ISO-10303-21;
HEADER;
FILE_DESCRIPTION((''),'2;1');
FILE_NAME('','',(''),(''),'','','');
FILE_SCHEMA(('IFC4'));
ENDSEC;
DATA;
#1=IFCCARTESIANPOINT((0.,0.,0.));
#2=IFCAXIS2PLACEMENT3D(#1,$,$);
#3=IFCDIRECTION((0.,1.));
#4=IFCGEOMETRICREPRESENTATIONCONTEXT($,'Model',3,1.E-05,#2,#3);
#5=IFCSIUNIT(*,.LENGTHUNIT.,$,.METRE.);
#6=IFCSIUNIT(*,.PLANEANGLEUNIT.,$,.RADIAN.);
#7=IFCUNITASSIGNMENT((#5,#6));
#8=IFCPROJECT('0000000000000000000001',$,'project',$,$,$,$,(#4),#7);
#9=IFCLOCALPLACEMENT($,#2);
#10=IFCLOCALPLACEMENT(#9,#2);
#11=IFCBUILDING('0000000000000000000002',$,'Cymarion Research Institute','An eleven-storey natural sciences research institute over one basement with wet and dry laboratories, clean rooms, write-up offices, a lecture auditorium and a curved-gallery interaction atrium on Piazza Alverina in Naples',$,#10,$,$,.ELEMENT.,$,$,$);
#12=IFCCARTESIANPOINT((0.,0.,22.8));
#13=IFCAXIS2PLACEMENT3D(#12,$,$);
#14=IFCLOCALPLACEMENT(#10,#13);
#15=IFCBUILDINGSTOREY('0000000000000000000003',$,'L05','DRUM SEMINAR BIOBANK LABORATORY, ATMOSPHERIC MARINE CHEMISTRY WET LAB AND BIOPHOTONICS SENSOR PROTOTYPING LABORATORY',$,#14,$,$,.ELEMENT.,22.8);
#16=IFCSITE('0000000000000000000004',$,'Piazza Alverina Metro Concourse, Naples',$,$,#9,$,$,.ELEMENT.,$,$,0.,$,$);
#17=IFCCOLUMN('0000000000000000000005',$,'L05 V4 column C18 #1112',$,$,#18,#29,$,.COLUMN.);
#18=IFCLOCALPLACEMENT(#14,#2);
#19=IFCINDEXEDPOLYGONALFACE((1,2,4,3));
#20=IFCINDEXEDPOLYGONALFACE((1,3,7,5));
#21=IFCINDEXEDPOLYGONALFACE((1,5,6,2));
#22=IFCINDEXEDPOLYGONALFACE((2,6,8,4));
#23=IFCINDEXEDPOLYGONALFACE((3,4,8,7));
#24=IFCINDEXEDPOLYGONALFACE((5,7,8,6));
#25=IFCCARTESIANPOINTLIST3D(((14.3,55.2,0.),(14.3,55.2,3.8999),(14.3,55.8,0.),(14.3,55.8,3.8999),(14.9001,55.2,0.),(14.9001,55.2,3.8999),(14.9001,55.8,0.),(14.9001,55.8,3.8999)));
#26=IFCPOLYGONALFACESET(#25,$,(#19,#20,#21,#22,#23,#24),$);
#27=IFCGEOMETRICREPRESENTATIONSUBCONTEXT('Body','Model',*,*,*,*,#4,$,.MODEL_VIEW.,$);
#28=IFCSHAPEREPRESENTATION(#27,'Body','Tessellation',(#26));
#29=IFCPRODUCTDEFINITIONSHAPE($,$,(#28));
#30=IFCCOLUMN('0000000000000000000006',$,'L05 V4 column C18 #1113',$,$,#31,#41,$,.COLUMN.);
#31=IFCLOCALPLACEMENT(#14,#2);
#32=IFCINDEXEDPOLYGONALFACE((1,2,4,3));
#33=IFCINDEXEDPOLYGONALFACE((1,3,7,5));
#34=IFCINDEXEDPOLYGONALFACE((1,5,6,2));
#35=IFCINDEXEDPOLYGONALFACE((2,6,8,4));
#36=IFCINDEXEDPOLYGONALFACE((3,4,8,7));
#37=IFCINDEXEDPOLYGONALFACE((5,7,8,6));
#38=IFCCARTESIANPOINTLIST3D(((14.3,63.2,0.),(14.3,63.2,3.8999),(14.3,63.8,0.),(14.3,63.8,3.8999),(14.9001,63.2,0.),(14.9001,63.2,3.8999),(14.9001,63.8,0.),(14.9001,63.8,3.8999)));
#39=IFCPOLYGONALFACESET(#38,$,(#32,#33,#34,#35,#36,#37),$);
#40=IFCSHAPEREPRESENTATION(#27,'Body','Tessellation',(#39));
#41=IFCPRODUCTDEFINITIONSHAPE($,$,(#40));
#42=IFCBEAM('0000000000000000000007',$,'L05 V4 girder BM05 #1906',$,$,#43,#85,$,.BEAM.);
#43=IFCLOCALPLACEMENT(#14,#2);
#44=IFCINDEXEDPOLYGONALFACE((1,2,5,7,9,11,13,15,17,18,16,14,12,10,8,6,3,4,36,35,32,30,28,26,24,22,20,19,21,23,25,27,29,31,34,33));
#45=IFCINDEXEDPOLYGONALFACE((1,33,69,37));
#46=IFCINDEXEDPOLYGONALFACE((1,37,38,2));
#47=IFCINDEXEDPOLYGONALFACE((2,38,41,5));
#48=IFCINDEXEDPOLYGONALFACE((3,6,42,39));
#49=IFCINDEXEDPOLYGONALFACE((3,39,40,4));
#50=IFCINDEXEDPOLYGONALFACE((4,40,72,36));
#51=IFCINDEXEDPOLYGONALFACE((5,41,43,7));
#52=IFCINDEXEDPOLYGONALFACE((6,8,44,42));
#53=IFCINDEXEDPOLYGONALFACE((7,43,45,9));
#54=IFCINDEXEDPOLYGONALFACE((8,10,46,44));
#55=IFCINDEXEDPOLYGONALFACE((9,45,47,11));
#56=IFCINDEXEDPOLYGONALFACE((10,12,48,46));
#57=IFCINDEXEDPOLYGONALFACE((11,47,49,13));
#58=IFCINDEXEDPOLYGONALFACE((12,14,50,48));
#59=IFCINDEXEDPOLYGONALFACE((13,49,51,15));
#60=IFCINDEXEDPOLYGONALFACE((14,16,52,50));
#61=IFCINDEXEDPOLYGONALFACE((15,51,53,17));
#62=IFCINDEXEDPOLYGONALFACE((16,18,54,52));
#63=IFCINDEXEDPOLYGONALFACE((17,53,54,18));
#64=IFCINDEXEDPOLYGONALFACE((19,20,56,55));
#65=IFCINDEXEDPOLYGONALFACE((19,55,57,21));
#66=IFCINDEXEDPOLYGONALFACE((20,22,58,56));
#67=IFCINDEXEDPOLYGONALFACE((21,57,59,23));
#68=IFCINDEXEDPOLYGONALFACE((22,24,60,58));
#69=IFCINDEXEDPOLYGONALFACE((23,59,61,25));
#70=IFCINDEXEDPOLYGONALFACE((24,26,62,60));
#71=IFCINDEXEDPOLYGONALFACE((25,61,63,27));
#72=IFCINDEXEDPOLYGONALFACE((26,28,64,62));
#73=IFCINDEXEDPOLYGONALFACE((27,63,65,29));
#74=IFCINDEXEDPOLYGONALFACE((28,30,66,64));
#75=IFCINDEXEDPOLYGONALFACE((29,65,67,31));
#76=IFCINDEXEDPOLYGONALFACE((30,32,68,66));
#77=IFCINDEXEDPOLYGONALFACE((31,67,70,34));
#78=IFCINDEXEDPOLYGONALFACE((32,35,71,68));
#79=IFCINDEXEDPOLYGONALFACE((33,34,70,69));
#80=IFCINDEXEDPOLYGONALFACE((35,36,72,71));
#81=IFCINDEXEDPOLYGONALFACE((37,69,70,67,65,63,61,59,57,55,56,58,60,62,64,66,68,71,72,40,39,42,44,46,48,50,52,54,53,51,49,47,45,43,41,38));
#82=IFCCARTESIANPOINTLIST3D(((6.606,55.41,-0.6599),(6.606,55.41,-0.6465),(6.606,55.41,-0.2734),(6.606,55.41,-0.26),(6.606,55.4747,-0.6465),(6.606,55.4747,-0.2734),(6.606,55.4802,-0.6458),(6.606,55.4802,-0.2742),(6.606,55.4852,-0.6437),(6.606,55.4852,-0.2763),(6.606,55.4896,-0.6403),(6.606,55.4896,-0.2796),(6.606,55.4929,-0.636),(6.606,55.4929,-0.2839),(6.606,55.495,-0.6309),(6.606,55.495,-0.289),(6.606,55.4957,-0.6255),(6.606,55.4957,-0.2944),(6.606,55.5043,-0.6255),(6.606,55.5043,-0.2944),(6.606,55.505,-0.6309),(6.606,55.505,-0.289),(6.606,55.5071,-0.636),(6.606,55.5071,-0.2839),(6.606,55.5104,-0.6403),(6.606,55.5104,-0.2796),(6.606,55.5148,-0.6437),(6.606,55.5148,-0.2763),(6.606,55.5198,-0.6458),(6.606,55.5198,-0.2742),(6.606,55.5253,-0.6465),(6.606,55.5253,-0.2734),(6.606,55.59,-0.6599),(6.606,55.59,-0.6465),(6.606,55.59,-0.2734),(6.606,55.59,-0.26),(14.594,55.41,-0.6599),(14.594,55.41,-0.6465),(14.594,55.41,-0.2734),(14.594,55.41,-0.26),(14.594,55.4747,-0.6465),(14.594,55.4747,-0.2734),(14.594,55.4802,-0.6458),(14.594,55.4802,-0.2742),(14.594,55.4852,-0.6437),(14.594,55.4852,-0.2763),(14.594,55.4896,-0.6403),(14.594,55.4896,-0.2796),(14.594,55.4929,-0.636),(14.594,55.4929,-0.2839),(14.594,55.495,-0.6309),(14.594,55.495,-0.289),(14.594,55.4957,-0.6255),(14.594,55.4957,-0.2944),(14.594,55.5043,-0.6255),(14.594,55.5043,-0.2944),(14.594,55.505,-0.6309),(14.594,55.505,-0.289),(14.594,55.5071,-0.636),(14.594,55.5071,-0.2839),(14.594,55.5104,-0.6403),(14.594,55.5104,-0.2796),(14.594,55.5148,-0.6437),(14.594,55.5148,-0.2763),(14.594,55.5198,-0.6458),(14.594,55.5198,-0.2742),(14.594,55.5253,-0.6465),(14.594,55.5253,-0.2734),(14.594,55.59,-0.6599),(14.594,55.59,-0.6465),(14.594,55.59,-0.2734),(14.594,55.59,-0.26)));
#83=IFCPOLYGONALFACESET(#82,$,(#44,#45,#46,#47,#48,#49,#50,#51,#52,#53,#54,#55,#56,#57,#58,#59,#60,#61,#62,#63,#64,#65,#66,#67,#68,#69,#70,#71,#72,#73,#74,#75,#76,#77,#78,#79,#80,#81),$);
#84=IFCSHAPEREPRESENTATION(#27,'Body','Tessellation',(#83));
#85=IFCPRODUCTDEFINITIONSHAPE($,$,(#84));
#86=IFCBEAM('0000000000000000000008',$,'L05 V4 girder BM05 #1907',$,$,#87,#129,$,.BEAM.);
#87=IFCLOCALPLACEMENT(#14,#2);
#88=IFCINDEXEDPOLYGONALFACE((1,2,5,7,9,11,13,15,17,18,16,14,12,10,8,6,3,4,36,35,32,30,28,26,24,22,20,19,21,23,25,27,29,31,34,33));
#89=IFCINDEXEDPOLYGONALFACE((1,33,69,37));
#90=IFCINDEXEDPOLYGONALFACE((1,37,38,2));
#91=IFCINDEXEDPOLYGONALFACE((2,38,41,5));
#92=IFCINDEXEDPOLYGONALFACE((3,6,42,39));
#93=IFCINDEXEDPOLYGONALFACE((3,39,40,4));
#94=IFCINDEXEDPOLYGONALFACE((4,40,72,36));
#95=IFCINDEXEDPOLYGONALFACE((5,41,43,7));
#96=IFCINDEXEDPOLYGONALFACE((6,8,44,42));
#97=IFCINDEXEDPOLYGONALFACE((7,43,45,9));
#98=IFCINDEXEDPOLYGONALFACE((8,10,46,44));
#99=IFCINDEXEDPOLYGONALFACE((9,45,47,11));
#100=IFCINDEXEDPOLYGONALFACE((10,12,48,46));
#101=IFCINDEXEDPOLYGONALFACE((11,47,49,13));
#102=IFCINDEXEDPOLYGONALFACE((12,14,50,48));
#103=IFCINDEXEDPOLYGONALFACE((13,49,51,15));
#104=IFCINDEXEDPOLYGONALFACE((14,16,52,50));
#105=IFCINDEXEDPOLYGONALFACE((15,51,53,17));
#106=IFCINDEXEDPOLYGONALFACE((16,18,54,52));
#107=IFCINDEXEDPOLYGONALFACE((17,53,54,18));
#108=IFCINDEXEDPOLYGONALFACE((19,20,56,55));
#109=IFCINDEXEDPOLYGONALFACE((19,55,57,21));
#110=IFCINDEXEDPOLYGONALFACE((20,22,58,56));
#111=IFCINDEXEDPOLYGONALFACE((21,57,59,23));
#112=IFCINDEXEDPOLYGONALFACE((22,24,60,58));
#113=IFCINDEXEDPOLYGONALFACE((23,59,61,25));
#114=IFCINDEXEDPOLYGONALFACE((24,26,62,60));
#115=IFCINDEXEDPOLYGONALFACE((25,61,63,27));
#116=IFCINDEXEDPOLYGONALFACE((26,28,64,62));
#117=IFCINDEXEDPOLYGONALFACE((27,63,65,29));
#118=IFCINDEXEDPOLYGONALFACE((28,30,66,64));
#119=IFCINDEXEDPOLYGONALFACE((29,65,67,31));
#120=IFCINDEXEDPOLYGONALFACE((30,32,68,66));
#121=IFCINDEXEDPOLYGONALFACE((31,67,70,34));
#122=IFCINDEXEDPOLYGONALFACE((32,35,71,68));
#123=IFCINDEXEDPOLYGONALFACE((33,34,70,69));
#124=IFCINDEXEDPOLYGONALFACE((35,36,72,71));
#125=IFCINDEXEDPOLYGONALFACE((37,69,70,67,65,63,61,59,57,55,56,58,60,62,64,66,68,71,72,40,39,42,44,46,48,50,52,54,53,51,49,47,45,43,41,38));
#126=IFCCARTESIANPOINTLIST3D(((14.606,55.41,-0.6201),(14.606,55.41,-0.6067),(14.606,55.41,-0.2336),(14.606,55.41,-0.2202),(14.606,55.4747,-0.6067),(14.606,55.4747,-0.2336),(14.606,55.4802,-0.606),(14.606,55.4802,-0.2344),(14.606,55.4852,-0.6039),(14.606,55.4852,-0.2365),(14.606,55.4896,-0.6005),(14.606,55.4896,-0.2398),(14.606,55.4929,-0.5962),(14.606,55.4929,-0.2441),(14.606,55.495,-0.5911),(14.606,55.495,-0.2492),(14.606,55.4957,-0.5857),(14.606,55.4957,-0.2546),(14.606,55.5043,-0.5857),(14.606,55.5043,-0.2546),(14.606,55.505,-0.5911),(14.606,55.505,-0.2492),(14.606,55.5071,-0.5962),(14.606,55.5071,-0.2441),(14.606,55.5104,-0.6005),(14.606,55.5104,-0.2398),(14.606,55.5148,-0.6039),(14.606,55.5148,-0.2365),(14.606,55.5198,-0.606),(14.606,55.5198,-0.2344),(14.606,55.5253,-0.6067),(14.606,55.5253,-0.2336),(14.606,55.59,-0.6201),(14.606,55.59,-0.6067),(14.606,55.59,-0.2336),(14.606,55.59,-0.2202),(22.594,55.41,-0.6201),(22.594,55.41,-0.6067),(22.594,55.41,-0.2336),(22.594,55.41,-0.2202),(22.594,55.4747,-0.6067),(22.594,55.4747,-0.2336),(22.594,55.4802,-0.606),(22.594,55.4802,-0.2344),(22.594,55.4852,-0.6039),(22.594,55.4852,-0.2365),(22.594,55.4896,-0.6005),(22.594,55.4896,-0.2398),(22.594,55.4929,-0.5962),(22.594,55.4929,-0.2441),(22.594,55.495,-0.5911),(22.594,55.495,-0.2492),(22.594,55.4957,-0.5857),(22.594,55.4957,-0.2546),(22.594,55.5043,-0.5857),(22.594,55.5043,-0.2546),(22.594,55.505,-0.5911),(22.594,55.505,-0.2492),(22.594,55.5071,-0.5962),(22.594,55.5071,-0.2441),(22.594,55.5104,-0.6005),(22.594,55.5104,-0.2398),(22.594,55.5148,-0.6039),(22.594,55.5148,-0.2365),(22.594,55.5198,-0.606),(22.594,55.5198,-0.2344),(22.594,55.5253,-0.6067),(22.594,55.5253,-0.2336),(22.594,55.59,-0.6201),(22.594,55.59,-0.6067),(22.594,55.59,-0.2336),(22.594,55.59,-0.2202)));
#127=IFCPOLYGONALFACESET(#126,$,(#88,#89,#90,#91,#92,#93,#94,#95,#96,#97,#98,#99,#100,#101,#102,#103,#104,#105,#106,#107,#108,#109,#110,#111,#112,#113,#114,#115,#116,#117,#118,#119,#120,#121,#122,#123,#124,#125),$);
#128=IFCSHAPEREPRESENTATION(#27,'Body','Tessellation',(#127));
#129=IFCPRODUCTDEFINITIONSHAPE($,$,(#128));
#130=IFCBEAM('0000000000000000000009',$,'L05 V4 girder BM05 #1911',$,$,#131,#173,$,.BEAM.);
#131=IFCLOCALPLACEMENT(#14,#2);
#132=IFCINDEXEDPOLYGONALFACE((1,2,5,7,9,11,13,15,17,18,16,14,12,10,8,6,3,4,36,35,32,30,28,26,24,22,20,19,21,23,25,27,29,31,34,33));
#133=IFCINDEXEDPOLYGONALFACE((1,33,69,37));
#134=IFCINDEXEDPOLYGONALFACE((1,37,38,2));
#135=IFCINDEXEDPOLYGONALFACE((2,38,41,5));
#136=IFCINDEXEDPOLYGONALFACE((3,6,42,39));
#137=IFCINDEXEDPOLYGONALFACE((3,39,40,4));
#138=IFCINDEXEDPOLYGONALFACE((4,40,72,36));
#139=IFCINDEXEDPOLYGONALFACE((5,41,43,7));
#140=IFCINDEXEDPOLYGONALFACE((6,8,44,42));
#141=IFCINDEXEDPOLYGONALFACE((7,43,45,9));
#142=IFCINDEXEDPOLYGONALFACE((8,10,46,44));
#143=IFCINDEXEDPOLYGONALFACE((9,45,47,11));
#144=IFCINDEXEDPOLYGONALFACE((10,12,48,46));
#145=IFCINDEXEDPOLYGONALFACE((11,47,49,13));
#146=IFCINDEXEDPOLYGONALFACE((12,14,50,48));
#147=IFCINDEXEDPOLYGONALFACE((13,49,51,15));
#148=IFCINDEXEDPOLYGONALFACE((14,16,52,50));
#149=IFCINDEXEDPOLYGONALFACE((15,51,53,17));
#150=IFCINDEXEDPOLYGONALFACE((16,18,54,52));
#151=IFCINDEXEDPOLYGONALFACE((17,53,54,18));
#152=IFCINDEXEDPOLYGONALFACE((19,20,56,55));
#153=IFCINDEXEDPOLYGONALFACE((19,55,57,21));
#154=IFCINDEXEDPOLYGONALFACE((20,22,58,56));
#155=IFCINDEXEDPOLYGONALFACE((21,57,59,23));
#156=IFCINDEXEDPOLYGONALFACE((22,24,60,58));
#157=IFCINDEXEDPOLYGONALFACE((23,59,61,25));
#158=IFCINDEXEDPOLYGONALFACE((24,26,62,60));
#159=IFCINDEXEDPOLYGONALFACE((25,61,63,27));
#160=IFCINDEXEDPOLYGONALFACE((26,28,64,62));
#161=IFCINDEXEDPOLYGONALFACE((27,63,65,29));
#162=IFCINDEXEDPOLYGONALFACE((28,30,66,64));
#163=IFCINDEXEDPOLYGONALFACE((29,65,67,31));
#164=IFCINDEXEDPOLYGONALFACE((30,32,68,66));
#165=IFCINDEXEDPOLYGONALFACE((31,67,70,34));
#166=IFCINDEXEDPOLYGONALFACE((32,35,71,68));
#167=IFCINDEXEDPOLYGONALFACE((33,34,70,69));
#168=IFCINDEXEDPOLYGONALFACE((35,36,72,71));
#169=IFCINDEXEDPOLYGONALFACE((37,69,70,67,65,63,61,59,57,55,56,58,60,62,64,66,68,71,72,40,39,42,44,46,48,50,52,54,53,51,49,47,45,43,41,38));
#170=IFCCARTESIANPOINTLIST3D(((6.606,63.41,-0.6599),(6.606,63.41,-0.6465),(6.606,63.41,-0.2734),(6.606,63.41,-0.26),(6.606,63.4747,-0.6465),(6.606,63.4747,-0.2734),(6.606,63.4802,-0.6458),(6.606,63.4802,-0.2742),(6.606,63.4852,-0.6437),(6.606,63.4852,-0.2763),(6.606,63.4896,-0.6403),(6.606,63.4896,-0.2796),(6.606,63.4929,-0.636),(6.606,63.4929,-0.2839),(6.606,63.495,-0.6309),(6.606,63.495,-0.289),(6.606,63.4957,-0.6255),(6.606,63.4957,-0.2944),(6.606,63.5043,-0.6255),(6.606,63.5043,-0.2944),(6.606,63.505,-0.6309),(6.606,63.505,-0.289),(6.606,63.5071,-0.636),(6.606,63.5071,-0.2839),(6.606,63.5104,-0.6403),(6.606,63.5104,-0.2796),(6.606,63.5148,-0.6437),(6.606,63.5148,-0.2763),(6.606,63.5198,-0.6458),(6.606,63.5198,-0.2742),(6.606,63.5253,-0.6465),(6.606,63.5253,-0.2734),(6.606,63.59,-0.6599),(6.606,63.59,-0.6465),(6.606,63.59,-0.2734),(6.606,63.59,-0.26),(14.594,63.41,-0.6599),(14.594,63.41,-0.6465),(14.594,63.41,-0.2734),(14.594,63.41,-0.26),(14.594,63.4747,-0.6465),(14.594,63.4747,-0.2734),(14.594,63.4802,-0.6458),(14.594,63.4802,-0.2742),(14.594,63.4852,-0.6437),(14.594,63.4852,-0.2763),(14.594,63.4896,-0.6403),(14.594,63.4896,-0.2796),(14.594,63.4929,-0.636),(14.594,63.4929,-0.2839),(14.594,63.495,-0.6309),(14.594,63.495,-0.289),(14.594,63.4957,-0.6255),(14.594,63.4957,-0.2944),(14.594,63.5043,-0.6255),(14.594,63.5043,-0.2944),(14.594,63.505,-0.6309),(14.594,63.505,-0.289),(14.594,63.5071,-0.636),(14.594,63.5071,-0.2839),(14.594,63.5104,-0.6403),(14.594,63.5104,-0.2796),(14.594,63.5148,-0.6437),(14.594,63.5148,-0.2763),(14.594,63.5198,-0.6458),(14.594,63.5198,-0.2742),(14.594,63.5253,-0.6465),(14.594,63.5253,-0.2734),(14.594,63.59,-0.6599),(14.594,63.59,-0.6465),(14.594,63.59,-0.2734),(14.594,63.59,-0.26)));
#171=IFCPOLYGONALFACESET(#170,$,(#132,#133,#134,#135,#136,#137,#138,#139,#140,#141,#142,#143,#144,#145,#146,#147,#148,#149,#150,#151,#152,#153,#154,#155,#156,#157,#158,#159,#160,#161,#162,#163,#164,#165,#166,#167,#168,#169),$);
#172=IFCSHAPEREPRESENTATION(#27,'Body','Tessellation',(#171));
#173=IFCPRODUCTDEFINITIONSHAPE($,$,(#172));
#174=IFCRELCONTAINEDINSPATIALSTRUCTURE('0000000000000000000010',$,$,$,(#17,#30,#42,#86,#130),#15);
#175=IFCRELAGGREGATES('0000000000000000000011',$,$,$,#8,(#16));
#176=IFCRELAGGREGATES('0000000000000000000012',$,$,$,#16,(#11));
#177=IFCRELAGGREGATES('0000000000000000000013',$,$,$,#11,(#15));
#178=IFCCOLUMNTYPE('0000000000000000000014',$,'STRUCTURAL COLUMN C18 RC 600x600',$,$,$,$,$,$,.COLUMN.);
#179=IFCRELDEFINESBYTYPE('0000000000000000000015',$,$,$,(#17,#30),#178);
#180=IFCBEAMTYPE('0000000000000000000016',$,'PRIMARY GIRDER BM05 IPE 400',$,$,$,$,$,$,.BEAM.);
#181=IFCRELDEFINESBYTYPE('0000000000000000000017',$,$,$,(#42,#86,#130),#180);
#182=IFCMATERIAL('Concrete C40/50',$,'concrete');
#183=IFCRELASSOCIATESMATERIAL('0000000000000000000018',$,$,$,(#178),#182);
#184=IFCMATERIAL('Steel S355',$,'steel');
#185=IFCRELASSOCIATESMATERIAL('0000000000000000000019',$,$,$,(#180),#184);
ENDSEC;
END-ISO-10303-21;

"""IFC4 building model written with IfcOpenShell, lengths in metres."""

from ifc_helpers import new_model, si_unit, direction, frame, origin, origin_2d, place, context, subcontext, project, spatial, rectangle, i_section, extrude, material, material_profile, profile_set, type_object, element, save


model = new_model("IFC4")

# Units and contexts
model_context = context("Model", 3, precision=1e-05, world=origin(), true_north=direction((0.0, 1.0)))
body_context = subcontext(model_context, "Body", "Model", "MODEL_VIEW")
ifc_project = project(units=[si_unit("LENGTHUNIT", "METRE"), si_unit("PLANEANGLEUNIT", "RADIAN")], contexts=[model_context])

# Site, building, storey
site_placement = place(None, origin())
site = spatial("IfcSite", under=ifc_project, at=site_placement, Name="Piazza Alverina Metro Concourse, Naples", CompositionType="ELEMENT", RefElevation=0.0)
building_placement = place(site_placement, origin())
building = spatial("IfcBuilding", under=site, at=building_placement, Name="Cymarion Research Institute", Description="An eleven-storey natural sciences research institute over one basement with wet and dry laboratories, clean rooms, write-up offices, a lecture auditorium and a curved-gallery interaction atrium on Piazza Alverina in Naples", CompositionType="ELEMENT")
storey_placement = place(building_placement, frame((0.0, 0.0, 22.8)))
storey = spatial("IfcBuildingStorey", under=building, at=storey_placement, Name="L05", Description="DRUM SEMINAR BIOBANK LABORATORY, ATMOSPHERIC MARINE CHEMISTRY WET LAB AND BIOPHOTONICS SENSOR PROTOTYPING LABORATORY", CompositionType="ELEMENT", Elevation=22.8)

# Columns
ifc_material_1 = material(Name="Concrete C40/50", Category="concrete")
ifc_material_profile_1 = material_profile(ifc_material_1, rectangle(XDim=0.6001, YDim=0.6001, at=origin_2d()), Name="RC 600x600")
ifc_profile_set_1 = profile_set([ifc_material_profile_1], Name="Concrete C40/50")
column_type = type_object("IfcColumnType", Name="STRUCTURAL COLUMN C18 RC 600x600", PredefinedType="COLUMN", material=ifc_profile_set_1)
for number, where, z_axis, x_axis, name in (
    (1, (14.6001, 55.5, 0.0), (0.0, 0.0, 1.0), (1.0, 0.0, 0.0), "L05 V4 column C18 #1112"),
    (2, (14.6001, 63.5, 0.0), (0.0, 0.0, 1.0), (1.0, 0.0, 0.0), "L05 V4 column C18 #1113"),
):
    element("IfcColumn", number, at=place(storey_placement, frame(where, z_axis=z_axis, x_axis=x_axis)), inside=storey, type_object=column_type, Name=name, PredefinedType="COLUMN", context=body_context, shape_type="SweptSolid", body=[
        extrude(rectangle(XDim=0.6001, YDim=0.6001, at=origin_2d()), origin(), (0.0, 0.0, 1.0), 3.8999),
    ])

# Beams
ifc_material_2 = material(Name="Steel S355", Category="steel")
ifc_material_profile_2 = material_profile(ifc_material_2, i_section(OverallWidth=0.1799, OverallDepth=0.3999, WebThickness=0.0085, FlangeThickness=0.0134, FilletRadius=0.021, at=origin_2d()), Name="IPE 400")
ifc_profile_set_2 = profile_set([ifc_material_profile_2], Name="Steel S355")
beam_type_1 = type_object("IfcBeamType", Name="PRIMARY GIRDER BM05 IPE 400", PredefinedType="BEAM", material=ifc_profile_set_2)
for number, where, z_axis, x_axis, name in (
    (3, (6.606, 55.5, -0.46), (1.0, 0.0, 0.0), (0.0, 1.0, 0.0), "L05 V4 girder BM05 #1906"),
    (4, (14.606, 55.5, -0.4202), (1.0, 0.0, 0.0), (0.0, 1.0, 0.0), "L05 V4 girder BM05 #1907"),
    (5, (6.606, 63.5, -0.46), (1.0, 0.0, 0.0), (0.0, 1.0, 0.0), "L05 V4 girder BM05 #1911"),
):
    element("IfcBeam", number, at=place(storey_placement, frame(where, z_axis=z_axis, x_axis=x_axis)), inside=storey, type_object=beam_type_1, Name=name, PredefinedType="BEAM", context=body_context, shape_type="SweptSolid", body=[
        extrude(i_section(OverallWidth=0.1799, OverallDepth=0.3999, WebThickness=0.0085, FlangeThickness=0.0134, FilletRadius=0.021, at=origin_2d()), origin(), (0.0, 0.0, 1.0), 7.988),
    ])

save(model, "model.ifc")
